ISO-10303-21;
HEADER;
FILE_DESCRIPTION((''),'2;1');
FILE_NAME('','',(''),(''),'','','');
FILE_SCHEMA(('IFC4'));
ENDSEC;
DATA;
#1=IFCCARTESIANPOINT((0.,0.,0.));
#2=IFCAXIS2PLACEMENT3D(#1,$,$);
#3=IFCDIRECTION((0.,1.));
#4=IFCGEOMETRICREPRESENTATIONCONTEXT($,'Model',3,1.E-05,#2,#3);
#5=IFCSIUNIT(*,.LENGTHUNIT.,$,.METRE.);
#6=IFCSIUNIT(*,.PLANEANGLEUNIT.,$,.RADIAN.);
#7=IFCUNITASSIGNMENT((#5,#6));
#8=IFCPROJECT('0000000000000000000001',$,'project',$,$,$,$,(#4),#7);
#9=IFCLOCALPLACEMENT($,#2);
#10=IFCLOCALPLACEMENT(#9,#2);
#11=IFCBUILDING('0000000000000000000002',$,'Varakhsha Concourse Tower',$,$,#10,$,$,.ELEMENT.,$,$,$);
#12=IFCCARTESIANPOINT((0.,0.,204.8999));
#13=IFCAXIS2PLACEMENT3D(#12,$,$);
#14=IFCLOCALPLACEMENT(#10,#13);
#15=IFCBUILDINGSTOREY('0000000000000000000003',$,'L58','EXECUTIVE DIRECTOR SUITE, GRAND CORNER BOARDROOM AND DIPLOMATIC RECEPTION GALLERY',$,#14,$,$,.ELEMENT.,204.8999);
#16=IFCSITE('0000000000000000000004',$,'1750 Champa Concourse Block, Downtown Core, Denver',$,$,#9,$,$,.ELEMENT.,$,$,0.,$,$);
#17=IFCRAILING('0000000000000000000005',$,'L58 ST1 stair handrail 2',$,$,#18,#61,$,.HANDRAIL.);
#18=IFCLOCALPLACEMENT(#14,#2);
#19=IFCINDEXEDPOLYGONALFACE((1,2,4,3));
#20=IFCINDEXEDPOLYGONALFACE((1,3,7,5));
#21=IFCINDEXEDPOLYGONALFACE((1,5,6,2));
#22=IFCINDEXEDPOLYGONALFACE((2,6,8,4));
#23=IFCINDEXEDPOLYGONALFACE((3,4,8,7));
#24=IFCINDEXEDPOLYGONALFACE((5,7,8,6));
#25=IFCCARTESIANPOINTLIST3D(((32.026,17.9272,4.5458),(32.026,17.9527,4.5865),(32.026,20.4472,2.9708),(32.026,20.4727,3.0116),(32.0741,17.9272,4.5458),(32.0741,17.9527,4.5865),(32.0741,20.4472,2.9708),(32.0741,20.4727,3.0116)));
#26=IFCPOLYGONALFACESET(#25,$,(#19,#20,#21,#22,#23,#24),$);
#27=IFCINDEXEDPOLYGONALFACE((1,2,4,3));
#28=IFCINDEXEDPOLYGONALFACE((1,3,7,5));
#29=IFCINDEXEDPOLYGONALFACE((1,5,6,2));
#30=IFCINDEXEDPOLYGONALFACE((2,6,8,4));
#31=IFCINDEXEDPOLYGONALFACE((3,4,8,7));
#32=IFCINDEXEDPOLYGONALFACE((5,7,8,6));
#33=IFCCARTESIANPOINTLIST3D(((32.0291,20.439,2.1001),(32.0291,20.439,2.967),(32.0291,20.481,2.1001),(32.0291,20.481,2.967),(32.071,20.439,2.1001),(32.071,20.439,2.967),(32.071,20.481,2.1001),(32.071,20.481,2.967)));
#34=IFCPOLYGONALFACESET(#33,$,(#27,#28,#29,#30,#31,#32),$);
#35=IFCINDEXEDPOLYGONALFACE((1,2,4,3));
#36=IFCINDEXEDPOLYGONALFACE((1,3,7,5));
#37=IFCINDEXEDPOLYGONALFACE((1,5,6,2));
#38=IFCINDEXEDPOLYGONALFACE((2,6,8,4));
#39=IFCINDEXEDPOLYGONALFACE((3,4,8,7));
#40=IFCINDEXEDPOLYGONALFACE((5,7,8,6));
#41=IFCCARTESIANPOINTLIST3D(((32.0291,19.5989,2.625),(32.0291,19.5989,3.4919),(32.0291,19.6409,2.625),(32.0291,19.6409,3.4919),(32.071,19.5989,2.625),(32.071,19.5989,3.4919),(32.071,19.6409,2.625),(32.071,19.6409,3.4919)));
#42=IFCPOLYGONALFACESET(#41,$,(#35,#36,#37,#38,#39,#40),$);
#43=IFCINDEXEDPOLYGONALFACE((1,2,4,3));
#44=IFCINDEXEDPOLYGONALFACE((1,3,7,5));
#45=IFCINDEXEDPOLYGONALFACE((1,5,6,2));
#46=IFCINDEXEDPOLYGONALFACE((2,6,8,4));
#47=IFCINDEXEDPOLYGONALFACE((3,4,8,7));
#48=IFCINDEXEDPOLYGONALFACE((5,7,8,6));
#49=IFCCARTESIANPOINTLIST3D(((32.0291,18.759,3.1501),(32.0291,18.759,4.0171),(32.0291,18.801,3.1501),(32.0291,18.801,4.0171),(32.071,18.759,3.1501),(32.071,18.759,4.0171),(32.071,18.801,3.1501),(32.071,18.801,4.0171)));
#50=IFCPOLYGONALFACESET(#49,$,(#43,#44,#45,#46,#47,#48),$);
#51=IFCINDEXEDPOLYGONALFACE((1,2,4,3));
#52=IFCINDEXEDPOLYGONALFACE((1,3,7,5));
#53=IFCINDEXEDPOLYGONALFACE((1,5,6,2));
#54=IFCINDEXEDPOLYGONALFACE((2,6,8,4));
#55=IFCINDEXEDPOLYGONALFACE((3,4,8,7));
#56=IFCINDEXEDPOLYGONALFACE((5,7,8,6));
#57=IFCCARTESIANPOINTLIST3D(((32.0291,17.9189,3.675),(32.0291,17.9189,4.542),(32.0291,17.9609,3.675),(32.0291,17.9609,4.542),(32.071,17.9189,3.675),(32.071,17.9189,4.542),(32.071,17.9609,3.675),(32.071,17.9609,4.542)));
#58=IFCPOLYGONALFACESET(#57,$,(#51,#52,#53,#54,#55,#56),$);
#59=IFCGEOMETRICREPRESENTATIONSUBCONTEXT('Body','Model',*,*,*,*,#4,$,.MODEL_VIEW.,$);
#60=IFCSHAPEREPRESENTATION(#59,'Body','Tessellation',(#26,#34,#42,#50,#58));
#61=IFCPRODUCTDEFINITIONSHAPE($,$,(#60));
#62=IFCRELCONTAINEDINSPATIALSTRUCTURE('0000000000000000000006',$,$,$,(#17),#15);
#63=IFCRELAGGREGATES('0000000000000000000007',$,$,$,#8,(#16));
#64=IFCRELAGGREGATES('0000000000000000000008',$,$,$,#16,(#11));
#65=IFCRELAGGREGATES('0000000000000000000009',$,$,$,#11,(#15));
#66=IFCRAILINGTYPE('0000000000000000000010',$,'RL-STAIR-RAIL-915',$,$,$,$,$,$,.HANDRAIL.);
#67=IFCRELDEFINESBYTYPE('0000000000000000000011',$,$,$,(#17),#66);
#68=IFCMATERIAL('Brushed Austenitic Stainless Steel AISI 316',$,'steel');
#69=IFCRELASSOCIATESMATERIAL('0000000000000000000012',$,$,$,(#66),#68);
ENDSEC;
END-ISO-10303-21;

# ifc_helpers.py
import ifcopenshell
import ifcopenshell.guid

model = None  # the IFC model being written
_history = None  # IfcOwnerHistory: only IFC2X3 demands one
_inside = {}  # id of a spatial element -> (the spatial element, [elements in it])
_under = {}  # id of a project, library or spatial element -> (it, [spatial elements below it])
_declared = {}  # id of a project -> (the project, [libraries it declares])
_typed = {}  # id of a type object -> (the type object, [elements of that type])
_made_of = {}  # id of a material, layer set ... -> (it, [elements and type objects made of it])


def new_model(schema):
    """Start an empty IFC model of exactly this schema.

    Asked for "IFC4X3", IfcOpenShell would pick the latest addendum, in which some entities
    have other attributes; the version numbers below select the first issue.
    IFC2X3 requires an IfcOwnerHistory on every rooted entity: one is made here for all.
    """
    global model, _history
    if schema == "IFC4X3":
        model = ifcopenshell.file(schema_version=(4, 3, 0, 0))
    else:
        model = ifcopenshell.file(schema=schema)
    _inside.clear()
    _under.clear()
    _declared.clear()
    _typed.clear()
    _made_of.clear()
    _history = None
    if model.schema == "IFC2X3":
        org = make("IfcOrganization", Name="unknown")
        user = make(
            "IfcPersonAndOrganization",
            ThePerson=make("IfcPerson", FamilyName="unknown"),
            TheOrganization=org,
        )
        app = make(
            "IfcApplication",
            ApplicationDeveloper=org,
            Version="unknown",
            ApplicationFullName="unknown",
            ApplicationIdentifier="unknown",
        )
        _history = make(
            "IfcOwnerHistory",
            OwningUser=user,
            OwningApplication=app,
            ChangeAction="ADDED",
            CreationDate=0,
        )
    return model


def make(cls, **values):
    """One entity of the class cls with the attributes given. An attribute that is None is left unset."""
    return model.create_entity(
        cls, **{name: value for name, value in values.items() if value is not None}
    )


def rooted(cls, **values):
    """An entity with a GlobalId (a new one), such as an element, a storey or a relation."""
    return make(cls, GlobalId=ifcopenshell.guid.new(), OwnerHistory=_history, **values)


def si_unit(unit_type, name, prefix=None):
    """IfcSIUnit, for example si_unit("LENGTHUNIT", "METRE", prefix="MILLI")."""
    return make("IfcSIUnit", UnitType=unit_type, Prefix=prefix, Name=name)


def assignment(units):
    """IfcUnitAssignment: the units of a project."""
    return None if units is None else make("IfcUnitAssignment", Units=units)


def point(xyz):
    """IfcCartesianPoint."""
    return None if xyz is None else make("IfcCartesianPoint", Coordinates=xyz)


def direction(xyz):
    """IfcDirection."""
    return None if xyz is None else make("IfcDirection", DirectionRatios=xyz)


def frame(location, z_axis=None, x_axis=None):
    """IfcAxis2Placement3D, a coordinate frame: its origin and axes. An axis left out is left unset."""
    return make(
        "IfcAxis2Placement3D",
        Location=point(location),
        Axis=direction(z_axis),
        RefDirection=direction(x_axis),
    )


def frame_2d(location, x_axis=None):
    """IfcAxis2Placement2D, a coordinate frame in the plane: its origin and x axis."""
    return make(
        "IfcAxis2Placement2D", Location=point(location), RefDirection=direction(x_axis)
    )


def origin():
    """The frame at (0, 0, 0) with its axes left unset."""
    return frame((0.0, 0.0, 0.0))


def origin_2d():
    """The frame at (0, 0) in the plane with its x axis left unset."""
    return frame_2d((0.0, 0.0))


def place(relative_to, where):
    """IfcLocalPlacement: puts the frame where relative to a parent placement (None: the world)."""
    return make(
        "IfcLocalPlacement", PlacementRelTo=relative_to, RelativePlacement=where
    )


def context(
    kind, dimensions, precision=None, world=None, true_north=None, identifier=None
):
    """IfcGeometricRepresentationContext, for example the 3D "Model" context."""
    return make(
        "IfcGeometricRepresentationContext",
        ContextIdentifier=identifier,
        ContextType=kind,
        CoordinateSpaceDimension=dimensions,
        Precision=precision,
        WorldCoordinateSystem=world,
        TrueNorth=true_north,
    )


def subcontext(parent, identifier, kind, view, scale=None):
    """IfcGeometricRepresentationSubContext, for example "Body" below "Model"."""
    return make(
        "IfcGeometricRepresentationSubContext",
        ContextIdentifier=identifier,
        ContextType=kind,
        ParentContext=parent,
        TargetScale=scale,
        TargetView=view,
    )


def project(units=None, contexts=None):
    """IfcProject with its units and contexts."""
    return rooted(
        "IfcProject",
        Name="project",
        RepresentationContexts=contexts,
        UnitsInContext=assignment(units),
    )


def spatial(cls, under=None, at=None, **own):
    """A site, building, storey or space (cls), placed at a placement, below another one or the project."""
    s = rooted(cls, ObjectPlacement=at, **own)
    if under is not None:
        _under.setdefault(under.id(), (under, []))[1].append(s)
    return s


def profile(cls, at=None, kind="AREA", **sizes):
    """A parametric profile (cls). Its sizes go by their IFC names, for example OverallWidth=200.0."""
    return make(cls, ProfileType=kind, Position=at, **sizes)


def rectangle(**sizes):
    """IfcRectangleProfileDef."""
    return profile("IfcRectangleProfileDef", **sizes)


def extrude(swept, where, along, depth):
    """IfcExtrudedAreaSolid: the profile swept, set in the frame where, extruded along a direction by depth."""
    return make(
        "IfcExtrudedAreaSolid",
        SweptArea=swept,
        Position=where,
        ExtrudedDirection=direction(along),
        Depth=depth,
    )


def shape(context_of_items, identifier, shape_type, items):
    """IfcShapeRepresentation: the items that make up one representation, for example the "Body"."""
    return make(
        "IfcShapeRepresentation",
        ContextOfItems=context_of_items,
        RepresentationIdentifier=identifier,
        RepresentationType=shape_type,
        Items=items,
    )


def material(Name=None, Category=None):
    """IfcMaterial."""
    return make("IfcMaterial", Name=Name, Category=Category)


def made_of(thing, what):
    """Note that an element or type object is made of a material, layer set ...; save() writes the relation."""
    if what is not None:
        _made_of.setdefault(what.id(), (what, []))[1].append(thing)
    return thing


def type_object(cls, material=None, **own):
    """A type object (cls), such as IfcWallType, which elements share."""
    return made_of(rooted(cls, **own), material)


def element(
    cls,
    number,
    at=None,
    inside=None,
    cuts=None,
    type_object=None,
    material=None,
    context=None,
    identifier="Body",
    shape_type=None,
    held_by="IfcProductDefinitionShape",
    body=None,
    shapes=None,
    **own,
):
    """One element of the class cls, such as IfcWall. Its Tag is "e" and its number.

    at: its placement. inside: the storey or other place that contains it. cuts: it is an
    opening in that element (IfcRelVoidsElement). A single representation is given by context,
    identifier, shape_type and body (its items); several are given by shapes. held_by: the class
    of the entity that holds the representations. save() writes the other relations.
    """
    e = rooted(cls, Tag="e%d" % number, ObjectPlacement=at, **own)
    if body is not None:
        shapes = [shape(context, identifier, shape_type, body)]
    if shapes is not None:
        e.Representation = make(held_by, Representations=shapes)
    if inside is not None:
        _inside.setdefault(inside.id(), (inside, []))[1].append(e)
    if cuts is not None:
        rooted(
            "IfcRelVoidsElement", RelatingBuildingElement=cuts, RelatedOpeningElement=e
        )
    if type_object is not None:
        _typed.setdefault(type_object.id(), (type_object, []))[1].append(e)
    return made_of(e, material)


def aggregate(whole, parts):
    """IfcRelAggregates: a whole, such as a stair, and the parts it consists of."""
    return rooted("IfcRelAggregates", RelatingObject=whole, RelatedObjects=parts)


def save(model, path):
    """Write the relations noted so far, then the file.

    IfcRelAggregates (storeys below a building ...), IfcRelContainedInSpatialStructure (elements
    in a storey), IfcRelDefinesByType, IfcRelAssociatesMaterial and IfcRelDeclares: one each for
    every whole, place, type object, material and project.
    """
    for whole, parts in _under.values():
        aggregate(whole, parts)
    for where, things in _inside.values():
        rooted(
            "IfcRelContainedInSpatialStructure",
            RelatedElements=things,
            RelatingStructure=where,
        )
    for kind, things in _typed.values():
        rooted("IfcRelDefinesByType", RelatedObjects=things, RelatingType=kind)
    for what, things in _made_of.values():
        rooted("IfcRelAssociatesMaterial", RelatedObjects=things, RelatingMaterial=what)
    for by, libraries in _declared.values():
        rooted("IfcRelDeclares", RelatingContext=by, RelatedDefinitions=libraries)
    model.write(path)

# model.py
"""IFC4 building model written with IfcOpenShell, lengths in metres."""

from ifc_helpers import new_model, si_unit, direction, frame, origin, origin_2d, place, context, subcontext, project, spatial, rectangle, extrude, material, type_object, element, save


model = new_model("IFC4")

# Units and contexts
model_context = context("Model", 3, precision=1e-05, world=origin(), true_north=direction((0.0, 1.0)))
body_context = subcontext(model_context, "Body", "Model", "MODEL_VIEW")
ifc_project = project(units=[si_unit("LENGTHUNIT", "METRE"), si_unit("PLANEANGLEUNIT", "RADIAN")], contexts=[model_context])

# Site, building, storey
site_placement = place(None, origin())
site = spatial("IfcSite", under=ifc_project, at=site_placement, Name="1750 Champa Concourse Block, Downtown Core, Denver", CompositionType="ELEMENT", RefElevation=0.0)
building_placement = place(site_placement, origin())
building = spatial("IfcBuilding", under=site, at=building_placement, Name="Varakhsha Concourse Tower", CompositionType="ELEMENT")
storey_placement = place(building_placement, frame((0.0, 0.0, 204.8999)))
storey = spatial("IfcBuildingStorey", under=building, at=storey_placement, Name="L58", Description="EXECUTIVE DIRECTOR SUITE, GRAND CORNER BOARDROOM AND DIPLOMATIC RECEPTION GALLERY", CompositionType="ELEMENT", Elevation=204.8999)

# Railing
ifc_material_1 = material(Name="Brushed Austenitic Stainless Steel AISI 316", Category="steel")
railing_type_1 = type_object("IfcRailingType", Name="RL-STAIR-RAIL-915", PredefinedType="HANDRAIL", material=ifc_material_1)
railing_1_placement = place(storey_placement, frame((32.05, 20.46, 2.1001)))
element("IfcRailing", 1, at=railing_1_placement, inside=storey, type_object=railing_type_1, Name="L58 ST1 stair handrail 2", PredefinedType="HANDRAIL", context=body_context, shape_type="SweptSolid", body=[
    extrude(rectangle(XDim=0.0481, YDim=0.0481, at=origin_2d()), frame((0.0, 0.0, 0.8911), z_axis=(0.0, -0.848008, 0.529984), x_axis=(1.0, 0.0, 0.0)), (0.0, 0.0, 1.0), 2.9717),
    extrude(rectangle(XDim=0.042, YDim=0.042, at=origin_2d()), origin(), (0.0, 0.0, 1.0), 0.8669),
    extrude(rectangle(XDim=0.042, YDim=0.042, at=origin_2d()), frame((0.0, -0.8401, 0.5249)), (0.0, 0.0, 1.0), 0.8669),
    extrude(rectangle(XDim=0.042, YDim=0.042, at=origin_2d()), frame((0.0, -1.6799, 1.05)), (0.0, 0.0, 1.0), 0.8669),
    extrude(rectangle(XDim=0.042, YDim=0.042, at=origin_2d()), frame((0.0, -2.52, 1.575)), (0.0, 0.0, 1.0), 0.8669),
])

save(model, "model.ifc")
